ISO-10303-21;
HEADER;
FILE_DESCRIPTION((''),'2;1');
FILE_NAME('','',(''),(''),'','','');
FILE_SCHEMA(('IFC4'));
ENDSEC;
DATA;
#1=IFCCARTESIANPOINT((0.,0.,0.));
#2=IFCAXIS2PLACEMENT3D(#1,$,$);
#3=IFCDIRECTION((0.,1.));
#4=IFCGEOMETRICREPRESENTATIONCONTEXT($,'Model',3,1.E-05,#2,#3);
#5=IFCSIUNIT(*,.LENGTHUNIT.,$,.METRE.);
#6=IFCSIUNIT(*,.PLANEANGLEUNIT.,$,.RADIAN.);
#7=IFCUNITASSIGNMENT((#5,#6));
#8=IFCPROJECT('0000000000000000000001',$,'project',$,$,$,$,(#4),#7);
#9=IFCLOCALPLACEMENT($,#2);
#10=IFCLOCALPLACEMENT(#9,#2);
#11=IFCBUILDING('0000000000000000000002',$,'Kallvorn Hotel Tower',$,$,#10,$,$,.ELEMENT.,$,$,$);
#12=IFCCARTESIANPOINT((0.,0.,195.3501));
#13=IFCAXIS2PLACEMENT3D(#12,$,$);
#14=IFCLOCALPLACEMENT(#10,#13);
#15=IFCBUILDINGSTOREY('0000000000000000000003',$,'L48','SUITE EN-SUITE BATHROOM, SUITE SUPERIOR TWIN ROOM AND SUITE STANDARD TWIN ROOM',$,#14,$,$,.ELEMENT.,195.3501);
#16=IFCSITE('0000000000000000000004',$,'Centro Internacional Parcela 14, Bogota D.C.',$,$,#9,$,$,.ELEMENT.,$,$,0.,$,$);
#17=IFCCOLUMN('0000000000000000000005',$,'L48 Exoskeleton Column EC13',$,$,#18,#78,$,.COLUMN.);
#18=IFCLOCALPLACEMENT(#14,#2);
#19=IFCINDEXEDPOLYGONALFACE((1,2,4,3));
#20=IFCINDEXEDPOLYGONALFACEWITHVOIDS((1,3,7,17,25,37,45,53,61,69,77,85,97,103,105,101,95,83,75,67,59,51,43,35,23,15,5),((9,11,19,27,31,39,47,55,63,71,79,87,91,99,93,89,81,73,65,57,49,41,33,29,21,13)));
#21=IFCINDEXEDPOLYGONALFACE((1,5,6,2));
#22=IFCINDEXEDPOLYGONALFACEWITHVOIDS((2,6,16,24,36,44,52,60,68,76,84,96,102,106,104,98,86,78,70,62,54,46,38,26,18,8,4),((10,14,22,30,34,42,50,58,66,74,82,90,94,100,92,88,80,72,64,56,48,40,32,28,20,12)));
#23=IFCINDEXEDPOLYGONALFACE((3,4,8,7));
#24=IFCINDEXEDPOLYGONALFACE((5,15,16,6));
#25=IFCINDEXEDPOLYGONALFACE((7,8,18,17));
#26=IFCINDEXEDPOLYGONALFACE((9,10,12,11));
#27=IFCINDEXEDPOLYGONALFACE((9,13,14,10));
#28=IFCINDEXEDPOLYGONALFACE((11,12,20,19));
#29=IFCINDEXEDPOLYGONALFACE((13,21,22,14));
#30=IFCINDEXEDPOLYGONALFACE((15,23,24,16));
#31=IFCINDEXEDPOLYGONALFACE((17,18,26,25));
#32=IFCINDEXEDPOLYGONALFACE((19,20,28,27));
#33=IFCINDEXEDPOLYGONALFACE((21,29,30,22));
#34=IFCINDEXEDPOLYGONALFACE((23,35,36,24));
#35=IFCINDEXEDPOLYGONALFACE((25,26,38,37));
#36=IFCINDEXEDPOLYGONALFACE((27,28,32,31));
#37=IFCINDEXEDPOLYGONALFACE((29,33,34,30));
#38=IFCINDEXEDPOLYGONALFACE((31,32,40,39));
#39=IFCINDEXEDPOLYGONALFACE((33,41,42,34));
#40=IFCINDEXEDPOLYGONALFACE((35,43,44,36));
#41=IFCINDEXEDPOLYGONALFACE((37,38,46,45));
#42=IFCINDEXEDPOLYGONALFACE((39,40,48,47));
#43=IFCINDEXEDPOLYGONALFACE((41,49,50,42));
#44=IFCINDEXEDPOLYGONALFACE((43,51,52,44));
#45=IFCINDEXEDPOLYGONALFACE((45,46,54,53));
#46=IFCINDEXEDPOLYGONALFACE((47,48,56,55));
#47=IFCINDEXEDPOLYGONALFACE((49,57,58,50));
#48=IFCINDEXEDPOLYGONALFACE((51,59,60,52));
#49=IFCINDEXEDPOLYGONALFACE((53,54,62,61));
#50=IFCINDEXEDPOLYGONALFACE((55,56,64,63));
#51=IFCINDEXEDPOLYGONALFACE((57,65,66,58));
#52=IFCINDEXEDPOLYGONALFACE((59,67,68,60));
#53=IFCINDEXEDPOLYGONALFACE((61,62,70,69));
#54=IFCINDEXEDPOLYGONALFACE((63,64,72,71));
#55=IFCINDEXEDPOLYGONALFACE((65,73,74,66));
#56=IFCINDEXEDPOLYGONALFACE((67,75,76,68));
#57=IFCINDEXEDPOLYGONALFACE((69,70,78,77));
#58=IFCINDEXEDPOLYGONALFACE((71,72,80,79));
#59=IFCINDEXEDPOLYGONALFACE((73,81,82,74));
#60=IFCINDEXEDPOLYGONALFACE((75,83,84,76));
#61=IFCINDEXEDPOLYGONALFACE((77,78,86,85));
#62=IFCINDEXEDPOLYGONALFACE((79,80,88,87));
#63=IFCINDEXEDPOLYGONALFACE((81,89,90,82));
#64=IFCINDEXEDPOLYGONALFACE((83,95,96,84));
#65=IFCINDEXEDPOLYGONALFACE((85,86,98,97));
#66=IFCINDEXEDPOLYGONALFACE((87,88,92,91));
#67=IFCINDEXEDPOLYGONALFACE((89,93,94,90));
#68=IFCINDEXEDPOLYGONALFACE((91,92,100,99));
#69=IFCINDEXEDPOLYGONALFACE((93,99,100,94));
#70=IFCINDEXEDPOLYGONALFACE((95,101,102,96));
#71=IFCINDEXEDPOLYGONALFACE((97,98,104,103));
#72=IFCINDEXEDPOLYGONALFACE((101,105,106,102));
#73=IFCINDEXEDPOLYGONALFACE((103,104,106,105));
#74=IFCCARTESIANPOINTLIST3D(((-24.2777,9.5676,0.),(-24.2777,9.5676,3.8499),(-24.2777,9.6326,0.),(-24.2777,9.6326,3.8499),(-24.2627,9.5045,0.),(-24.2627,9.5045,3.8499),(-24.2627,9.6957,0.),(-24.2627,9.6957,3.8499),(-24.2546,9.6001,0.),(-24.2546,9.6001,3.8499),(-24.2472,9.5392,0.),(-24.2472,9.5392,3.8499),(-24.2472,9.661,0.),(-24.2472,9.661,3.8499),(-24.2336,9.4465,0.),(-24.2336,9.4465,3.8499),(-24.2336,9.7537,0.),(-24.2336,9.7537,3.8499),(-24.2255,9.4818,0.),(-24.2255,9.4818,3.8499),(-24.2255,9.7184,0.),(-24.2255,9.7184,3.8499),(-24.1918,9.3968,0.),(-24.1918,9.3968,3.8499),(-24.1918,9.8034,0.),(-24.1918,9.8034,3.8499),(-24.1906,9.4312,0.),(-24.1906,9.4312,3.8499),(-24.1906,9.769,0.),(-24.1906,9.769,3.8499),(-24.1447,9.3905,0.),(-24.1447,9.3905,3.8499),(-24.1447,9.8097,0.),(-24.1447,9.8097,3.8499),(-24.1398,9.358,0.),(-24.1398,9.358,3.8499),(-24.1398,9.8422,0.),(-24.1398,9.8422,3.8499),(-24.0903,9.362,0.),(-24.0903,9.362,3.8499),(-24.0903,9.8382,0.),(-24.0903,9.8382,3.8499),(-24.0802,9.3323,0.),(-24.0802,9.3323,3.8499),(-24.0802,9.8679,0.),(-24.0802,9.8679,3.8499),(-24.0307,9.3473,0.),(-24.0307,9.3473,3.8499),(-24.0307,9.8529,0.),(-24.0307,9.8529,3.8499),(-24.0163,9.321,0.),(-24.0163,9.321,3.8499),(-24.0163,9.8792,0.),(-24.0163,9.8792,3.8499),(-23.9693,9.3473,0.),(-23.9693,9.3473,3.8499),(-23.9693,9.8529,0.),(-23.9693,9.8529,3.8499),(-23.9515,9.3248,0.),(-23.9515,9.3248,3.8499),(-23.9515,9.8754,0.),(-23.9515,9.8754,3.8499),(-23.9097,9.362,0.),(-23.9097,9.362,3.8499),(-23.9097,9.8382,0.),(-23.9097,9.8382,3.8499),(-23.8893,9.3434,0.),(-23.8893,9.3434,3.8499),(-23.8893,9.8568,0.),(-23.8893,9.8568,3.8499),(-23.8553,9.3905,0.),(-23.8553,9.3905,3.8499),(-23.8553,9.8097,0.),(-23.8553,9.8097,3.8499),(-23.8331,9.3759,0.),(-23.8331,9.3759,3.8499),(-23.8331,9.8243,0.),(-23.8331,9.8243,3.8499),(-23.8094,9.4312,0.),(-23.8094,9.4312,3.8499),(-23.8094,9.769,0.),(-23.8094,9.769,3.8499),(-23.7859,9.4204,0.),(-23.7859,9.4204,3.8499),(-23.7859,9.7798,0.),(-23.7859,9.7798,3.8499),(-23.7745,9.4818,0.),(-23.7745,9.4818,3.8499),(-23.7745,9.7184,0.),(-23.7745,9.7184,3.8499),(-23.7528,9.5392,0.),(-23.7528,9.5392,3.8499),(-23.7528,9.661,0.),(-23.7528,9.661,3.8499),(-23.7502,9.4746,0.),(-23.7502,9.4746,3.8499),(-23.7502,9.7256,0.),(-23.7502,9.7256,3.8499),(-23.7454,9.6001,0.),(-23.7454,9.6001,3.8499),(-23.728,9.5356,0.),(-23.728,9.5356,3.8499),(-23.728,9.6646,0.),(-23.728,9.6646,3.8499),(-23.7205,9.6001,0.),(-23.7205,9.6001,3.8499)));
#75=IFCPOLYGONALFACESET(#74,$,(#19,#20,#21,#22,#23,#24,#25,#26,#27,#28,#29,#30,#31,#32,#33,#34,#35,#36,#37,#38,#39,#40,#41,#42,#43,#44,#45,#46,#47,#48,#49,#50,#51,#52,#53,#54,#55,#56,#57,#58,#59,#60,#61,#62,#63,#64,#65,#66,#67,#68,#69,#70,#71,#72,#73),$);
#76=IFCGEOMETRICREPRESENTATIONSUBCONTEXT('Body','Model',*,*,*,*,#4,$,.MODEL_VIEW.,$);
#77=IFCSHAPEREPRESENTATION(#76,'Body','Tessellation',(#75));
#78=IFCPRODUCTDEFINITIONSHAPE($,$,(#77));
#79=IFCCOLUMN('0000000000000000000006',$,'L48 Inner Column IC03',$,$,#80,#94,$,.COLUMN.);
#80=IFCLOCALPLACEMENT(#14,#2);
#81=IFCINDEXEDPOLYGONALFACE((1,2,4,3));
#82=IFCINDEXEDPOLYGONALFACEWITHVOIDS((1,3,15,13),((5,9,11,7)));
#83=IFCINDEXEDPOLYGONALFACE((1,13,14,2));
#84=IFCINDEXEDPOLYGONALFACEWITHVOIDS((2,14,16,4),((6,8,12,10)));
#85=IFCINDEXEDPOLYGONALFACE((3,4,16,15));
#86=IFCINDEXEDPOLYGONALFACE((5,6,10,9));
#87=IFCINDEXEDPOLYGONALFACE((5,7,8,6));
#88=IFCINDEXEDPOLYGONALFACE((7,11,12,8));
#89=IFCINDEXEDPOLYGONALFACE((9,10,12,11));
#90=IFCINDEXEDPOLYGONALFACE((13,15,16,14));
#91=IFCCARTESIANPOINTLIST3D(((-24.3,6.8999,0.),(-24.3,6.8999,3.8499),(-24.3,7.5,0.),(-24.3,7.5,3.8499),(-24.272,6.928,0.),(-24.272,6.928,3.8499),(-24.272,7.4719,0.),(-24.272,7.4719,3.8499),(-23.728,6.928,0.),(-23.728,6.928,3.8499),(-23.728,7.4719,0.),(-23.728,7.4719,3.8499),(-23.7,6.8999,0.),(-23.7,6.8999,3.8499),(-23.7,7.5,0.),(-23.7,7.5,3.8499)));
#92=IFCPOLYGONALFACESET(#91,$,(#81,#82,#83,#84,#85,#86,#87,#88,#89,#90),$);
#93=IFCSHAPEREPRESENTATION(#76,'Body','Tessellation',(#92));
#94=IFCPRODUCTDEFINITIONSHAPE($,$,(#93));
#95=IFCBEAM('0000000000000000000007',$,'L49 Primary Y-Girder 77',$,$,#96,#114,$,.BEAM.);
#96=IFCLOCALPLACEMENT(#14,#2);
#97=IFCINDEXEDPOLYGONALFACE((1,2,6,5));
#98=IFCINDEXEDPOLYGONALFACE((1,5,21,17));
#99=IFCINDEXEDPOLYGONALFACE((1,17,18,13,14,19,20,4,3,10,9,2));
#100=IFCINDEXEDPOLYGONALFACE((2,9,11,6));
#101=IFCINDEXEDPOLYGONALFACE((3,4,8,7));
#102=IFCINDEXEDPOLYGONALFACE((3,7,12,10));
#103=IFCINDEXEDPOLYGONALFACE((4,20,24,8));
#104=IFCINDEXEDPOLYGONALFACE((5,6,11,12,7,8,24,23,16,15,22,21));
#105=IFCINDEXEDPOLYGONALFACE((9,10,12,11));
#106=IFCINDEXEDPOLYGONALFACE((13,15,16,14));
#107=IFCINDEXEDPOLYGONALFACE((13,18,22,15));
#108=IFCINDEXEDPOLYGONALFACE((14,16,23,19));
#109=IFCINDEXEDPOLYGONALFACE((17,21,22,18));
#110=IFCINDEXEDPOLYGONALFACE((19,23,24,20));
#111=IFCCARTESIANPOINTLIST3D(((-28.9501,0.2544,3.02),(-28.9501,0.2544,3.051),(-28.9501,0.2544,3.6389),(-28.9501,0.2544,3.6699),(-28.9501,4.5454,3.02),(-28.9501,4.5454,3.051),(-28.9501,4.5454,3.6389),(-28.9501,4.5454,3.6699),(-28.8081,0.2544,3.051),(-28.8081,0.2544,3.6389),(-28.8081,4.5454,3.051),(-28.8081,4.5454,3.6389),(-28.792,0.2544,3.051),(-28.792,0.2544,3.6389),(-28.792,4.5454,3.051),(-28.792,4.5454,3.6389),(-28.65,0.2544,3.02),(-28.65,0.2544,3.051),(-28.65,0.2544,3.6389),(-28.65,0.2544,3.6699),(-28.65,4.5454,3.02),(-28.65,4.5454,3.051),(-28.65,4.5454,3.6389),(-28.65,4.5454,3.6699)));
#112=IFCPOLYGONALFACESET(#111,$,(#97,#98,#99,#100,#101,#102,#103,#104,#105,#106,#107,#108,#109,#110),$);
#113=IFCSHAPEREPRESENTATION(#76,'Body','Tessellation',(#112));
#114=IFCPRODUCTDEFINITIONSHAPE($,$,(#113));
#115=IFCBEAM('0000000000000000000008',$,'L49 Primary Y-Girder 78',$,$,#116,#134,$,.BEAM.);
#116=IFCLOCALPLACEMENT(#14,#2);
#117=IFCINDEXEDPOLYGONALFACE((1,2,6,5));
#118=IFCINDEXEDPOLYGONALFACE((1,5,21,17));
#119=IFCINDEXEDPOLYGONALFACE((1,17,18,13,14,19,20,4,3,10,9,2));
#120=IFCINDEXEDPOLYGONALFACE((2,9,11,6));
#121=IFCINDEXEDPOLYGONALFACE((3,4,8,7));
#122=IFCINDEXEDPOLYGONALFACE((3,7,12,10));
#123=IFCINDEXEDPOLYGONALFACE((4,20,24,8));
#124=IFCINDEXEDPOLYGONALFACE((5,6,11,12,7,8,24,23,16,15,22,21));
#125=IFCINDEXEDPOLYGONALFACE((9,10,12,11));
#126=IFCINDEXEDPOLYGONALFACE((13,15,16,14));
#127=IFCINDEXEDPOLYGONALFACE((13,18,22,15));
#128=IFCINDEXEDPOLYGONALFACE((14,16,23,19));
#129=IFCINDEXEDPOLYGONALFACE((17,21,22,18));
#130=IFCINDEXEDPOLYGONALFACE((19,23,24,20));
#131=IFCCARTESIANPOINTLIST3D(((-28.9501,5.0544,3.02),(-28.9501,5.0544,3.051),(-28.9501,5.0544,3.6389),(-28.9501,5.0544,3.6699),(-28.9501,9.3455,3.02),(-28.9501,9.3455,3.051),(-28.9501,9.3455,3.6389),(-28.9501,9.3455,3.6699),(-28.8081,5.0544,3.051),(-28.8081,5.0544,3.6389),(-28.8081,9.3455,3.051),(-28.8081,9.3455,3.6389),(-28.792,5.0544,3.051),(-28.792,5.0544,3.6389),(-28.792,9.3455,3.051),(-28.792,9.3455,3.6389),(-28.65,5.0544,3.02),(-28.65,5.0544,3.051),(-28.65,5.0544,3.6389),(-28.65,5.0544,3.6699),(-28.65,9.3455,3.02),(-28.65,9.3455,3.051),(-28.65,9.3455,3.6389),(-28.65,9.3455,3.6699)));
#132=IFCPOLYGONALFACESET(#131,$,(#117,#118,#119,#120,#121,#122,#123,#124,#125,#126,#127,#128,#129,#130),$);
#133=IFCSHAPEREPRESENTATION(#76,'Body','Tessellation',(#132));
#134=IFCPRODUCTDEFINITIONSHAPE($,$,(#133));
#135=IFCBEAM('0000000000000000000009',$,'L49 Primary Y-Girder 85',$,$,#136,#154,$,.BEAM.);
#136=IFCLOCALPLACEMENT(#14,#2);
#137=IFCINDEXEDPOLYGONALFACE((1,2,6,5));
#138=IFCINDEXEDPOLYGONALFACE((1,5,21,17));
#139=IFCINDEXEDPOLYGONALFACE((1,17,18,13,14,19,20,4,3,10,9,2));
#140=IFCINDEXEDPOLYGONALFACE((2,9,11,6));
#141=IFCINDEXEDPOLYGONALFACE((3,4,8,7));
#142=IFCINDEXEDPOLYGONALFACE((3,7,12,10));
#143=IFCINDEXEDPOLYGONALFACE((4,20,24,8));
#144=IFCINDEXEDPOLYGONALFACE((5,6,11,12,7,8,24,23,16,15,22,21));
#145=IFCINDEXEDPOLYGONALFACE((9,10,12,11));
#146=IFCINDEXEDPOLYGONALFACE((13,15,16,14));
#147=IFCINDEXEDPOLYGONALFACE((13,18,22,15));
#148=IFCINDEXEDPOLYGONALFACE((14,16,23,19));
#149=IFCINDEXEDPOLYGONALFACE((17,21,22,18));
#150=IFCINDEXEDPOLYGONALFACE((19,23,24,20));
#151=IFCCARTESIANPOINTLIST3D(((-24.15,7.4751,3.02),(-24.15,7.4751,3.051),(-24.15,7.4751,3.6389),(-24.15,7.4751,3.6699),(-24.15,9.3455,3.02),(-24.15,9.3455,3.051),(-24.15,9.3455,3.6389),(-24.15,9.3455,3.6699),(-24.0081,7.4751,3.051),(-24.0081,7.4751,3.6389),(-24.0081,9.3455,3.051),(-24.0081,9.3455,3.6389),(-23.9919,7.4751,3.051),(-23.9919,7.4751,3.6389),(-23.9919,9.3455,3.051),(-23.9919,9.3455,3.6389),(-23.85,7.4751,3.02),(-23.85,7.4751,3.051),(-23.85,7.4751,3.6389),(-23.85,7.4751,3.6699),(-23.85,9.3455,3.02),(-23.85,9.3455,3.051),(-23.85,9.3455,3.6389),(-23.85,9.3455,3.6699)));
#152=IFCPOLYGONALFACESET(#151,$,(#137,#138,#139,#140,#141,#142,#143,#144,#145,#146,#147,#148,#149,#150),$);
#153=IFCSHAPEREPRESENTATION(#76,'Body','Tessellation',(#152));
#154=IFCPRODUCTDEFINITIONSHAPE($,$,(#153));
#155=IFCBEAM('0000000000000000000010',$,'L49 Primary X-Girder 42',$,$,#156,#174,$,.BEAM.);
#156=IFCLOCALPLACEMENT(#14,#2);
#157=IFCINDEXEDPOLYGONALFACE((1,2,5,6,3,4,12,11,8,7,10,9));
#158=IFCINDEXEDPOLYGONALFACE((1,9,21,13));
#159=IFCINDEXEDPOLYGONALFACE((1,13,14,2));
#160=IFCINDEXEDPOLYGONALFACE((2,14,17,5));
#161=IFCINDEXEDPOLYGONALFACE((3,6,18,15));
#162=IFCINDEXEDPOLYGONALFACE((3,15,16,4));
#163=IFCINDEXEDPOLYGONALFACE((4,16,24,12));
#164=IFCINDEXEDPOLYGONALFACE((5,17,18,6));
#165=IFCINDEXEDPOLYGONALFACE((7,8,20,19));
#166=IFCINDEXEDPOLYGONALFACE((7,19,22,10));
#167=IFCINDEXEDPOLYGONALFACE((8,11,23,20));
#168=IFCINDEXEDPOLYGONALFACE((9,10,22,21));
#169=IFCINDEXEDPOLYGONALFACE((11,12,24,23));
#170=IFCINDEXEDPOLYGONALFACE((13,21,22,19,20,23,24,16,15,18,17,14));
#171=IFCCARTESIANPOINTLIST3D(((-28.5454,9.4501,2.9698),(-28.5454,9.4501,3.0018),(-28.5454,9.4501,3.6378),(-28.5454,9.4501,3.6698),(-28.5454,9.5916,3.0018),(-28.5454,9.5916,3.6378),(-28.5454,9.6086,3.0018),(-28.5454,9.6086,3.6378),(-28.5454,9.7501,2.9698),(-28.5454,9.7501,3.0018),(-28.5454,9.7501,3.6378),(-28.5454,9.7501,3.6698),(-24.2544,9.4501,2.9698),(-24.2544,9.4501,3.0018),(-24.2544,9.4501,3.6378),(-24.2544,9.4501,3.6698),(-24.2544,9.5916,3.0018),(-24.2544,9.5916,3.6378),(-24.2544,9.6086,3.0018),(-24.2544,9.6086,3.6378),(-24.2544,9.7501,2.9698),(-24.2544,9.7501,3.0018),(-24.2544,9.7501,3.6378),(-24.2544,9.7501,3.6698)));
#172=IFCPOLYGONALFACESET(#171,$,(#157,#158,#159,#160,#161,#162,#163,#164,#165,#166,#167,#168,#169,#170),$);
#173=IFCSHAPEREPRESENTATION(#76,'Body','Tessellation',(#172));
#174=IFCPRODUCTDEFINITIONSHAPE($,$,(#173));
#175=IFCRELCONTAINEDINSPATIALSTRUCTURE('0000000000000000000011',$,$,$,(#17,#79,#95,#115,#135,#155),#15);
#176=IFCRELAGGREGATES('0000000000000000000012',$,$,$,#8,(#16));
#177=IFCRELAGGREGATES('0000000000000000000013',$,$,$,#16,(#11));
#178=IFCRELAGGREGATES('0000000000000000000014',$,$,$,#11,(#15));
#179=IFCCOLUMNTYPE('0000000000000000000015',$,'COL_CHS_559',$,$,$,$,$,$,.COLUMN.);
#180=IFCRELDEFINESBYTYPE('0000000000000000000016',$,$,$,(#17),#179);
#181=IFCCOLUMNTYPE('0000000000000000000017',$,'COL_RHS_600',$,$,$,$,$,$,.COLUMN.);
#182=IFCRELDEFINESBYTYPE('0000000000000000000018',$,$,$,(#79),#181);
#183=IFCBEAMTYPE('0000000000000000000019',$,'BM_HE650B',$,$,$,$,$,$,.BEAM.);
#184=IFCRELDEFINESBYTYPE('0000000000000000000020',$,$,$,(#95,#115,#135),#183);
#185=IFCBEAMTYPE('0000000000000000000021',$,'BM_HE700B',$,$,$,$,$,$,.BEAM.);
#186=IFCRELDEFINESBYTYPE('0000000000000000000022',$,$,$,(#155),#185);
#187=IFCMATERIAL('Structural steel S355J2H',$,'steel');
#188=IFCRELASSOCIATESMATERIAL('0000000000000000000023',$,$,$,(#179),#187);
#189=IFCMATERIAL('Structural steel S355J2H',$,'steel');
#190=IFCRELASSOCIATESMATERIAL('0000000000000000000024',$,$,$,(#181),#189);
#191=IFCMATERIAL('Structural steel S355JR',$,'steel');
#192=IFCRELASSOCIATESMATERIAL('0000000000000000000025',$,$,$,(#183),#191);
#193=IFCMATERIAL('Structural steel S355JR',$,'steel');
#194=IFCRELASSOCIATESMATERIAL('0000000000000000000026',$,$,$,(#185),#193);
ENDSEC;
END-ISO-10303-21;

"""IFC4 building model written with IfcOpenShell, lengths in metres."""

from ifc_helpers import new_model, si_unit, direction, frame, origin, origin_2d, place, context, subcontext, project, spatial, hollow_rectangle, hollow_circle, i_section, extrude, material, material_profile, profile_set, type_object, element, save


model = new_model("IFC4")

# Units and contexts
model_context = context("Model", 3, precision=1e-05, world=origin(), true_north=direction((0.0, 1.0)))
body_context = subcontext(model_context, "Body", "Model", "MODEL_VIEW")
ifc_project = project(units=[si_unit("LENGTHUNIT", "METRE"), si_unit("PLANEANGLEUNIT", "RADIAN")], contexts=[model_context])

# Site, building, storey
site_placement = place(None, origin())
site = spatial("IfcSite", under=ifc_project, at=site_placement, Name="Centro Internacional Parcela 14, Bogota D.C.", CompositionType="ELEMENT", RefElevation=0.0)
building_placement = place(site_placement, origin())
building = spatial("IfcBuilding", under=site, at=building_placement, Name="Kallvorn Hotel Tower", CompositionType="ELEMENT")
storey_placement = place(building_placement, frame((0.0, 0.0, 195.3501)))
storey = spatial("IfcBuildingStorey", under=building, at=storey_placement, Name="L48", Description="SUITE EN-SUITE BATHROOM, SUITE SUPERIOR TWIN ROOM AND SUITE STANDARD TWIN ROOM", CompositionType="ELEMENT", Elevation=195.3501)

# Columns
ifc_material_1 = material(Name="Structural steel S355J2H", Category="steel")
ifc_material_profile_1 = material_profile(ifc_material_1, hollow_circle(Radius=0.2795, WallThickness=0.0249, at=origin_2d()), Name="CHS 559x25")
ifc_profile_set_1 = profile_set([ifc_material_profile_1], Name="Structural steel S355J2H")
column_type_1 = type_object("IfcColumnType", Name="COL_CHS_559", PredefinedType="COLUMN", material=ifc_profile_set_1)
for number, where, z_axis, x_axis, name in (
    (1, (-24.0, 9.6001, 0.0), (0.0, 0.0, 1.0), (1.0, 0.0, 0.0), "L48 Exoskeleton Column EC13"),
):
    element("IfcColumn", number, at=place(storey_placement, frame(where, z_axis=z_axis, x_axis=x_axis)), inside=storey, type_object=column_type_1, Name=name, PredefinedType="COLUMN", context=body_context, shape_type="SweptSolid", body=[
        extrude(hollow_circle(Radius=0.2795, WallThickness=0.0249, at=origin_2d()), origin(), (0.0, 0.0, 1.0), 3.8499),
    ])
ifc_material_2 = material(Name="Structural steel S355J2H", Category="steel")
ifc_material_profile_2 = material_profile(ifc_material_2, hollow_rectangle(XDim=0.6001, YDim=0.6001, WallThickness=0.0281, at=origin_2d()), Name="RHS 600x600x28")
ifc_profile_set_2 = profile_set([ifc_material_profile_2], Name="Structural steel S355J2H")
column_type_2 = type_object("IfcColumnType", Name="COL_RHS_600", PredefinedType="COLUMN", material=ifc_profile_set_2)
column_placement = place(storey_placement, frame((-24.0, 7.2, 0.0), z_axis=(0.0, 0.0, 1.0), x_axis=(1.0, 0.0, 0.0)))
element("IfcColumn", 2, at=column_placement, inside=storey, type_object=column_type_2, Name="L48 Inner Column IC03", PredefinedType="COLUMN", context=body_context, shape_type="SweptSolid", body=[
    extrude(hollow_rectangle(XDim=0.6001, YDim=0.6001, WallThickness=0.0281, at=origin_2d()), origin(), (0.0, 0.0, 1.0), 3.8499),
])

# Beams
ifc_material_3 = material(Name="Structural steel S355JR", Category="steel")
ifc_material_profile_3 = material_profile(ifc_material_3, i_section(OverallWidth=0.3, OverallDepth=0.6499, WebThickness=0.0161, FlangeThickness=0.031, at=origin_2d()), Name="HE 650 B")
ifc_profile_set_3 = profile_set([ifc_material_profile_3], Name="Structural steel S355JR")
beam_type_1 = type_object("IfcBeamType", Name="BM_HE650B", PredefinedType="BEAM", material=ifc_profile_set_3)
for number, where, z_axis, x_axis, name in (
    (3, (-28.8, 0.2544, 3.345), (0.0, 1.0, 0.0), (-1.0, 0.0, 0.0), "L49 Primary Y-Girder 77"),
    (4, (-28.8, 5.0544, 3.345), (0.0, 1.0, 0.0), (-1.0, 0.0, 0.0), "L49 Primary Y-Girder 78"),
):
    element("IfcBeam", number, at=place(storey_placement, frame(where, z_axis=z_axis, x_axis=x_axis)), inside=storey, type_object=beam_type_1, Name=name, PredefinedType="BEAM", context=body_context, shape_type="SweptSolid", body=[
        extrude(i_section(OverallWidth=0.3, OverallDepth=0.6499, WebThickness=0.0161, FlangeThickness=0.031, at=origin_2d()), origin(), (0.0, 0.0, 1.0), 4.291),
    ])
beam_1_placement = place(storey_placement, frame((-24.0, 7.4751, 3.345), z_axis=(0.0, 1.0, 0.0), x_axis=(-1.0, 0.0, 0.0)))
element("IfcBeam", 5, at=beam_1_placement, inside=storey, type_object=beam_type_1, Name="L49 Primary Y-Girder 85", PredefinedType="BEAM", context=body_context, shape_type="SweptSolid", body=[
    extrude(i_section(OverallWidth=0.3, OverallDepth=0.6499, WebThickness=0.0161, FlangeThickness=0.031, at=origin_2d()), origin(), (0.0, 0.0, 1.0), 1.8704),
])
ifc_material_4 = material(Name="Structural steel S355JR", Category="steel")
ifc_material_profile_4 = material_profile(ifc_material_4, i_section(OverallWidth=0.3, OverallDepth=0.7, WebThickness=0.0171, FlangeThickness=0.032, at=origin_2d()), Name="HE 700 B")
ifc_profile_set_4 = profile_set([ifc_material_profile_4], Name="Structural steel S355JR")
beam_type_2 = type_object("IfcBeamType", Name="BM_HE700B", PredefinedType="BEAM", material=ifc_profile_set_4)
beam_2_placement = place(storey_placement, frame((-28.5454, 9.6001, 3.3198), z_axis=(1.0, 0.0, 0.0), x_axis=(0.0, 1.0, 0.0)))
element("IfcBeam", 6, at=beam_2_placement, inside=storey, type_object=beam_type_2, Name="L49 Primary X-Girder 42", PredefinedType="BEAM", context=body_context, shape_type="SweptSolid", body=[
    extrude(i_section(OverallWidth=0.3, OverallDepth=0.7, WebThickness=0.0171, FlangeThickness=0.032, at=origin_2d()), origin(), (0.0, 0.0, 1.0), 4.291),
])

save(model, "model.ifc")
